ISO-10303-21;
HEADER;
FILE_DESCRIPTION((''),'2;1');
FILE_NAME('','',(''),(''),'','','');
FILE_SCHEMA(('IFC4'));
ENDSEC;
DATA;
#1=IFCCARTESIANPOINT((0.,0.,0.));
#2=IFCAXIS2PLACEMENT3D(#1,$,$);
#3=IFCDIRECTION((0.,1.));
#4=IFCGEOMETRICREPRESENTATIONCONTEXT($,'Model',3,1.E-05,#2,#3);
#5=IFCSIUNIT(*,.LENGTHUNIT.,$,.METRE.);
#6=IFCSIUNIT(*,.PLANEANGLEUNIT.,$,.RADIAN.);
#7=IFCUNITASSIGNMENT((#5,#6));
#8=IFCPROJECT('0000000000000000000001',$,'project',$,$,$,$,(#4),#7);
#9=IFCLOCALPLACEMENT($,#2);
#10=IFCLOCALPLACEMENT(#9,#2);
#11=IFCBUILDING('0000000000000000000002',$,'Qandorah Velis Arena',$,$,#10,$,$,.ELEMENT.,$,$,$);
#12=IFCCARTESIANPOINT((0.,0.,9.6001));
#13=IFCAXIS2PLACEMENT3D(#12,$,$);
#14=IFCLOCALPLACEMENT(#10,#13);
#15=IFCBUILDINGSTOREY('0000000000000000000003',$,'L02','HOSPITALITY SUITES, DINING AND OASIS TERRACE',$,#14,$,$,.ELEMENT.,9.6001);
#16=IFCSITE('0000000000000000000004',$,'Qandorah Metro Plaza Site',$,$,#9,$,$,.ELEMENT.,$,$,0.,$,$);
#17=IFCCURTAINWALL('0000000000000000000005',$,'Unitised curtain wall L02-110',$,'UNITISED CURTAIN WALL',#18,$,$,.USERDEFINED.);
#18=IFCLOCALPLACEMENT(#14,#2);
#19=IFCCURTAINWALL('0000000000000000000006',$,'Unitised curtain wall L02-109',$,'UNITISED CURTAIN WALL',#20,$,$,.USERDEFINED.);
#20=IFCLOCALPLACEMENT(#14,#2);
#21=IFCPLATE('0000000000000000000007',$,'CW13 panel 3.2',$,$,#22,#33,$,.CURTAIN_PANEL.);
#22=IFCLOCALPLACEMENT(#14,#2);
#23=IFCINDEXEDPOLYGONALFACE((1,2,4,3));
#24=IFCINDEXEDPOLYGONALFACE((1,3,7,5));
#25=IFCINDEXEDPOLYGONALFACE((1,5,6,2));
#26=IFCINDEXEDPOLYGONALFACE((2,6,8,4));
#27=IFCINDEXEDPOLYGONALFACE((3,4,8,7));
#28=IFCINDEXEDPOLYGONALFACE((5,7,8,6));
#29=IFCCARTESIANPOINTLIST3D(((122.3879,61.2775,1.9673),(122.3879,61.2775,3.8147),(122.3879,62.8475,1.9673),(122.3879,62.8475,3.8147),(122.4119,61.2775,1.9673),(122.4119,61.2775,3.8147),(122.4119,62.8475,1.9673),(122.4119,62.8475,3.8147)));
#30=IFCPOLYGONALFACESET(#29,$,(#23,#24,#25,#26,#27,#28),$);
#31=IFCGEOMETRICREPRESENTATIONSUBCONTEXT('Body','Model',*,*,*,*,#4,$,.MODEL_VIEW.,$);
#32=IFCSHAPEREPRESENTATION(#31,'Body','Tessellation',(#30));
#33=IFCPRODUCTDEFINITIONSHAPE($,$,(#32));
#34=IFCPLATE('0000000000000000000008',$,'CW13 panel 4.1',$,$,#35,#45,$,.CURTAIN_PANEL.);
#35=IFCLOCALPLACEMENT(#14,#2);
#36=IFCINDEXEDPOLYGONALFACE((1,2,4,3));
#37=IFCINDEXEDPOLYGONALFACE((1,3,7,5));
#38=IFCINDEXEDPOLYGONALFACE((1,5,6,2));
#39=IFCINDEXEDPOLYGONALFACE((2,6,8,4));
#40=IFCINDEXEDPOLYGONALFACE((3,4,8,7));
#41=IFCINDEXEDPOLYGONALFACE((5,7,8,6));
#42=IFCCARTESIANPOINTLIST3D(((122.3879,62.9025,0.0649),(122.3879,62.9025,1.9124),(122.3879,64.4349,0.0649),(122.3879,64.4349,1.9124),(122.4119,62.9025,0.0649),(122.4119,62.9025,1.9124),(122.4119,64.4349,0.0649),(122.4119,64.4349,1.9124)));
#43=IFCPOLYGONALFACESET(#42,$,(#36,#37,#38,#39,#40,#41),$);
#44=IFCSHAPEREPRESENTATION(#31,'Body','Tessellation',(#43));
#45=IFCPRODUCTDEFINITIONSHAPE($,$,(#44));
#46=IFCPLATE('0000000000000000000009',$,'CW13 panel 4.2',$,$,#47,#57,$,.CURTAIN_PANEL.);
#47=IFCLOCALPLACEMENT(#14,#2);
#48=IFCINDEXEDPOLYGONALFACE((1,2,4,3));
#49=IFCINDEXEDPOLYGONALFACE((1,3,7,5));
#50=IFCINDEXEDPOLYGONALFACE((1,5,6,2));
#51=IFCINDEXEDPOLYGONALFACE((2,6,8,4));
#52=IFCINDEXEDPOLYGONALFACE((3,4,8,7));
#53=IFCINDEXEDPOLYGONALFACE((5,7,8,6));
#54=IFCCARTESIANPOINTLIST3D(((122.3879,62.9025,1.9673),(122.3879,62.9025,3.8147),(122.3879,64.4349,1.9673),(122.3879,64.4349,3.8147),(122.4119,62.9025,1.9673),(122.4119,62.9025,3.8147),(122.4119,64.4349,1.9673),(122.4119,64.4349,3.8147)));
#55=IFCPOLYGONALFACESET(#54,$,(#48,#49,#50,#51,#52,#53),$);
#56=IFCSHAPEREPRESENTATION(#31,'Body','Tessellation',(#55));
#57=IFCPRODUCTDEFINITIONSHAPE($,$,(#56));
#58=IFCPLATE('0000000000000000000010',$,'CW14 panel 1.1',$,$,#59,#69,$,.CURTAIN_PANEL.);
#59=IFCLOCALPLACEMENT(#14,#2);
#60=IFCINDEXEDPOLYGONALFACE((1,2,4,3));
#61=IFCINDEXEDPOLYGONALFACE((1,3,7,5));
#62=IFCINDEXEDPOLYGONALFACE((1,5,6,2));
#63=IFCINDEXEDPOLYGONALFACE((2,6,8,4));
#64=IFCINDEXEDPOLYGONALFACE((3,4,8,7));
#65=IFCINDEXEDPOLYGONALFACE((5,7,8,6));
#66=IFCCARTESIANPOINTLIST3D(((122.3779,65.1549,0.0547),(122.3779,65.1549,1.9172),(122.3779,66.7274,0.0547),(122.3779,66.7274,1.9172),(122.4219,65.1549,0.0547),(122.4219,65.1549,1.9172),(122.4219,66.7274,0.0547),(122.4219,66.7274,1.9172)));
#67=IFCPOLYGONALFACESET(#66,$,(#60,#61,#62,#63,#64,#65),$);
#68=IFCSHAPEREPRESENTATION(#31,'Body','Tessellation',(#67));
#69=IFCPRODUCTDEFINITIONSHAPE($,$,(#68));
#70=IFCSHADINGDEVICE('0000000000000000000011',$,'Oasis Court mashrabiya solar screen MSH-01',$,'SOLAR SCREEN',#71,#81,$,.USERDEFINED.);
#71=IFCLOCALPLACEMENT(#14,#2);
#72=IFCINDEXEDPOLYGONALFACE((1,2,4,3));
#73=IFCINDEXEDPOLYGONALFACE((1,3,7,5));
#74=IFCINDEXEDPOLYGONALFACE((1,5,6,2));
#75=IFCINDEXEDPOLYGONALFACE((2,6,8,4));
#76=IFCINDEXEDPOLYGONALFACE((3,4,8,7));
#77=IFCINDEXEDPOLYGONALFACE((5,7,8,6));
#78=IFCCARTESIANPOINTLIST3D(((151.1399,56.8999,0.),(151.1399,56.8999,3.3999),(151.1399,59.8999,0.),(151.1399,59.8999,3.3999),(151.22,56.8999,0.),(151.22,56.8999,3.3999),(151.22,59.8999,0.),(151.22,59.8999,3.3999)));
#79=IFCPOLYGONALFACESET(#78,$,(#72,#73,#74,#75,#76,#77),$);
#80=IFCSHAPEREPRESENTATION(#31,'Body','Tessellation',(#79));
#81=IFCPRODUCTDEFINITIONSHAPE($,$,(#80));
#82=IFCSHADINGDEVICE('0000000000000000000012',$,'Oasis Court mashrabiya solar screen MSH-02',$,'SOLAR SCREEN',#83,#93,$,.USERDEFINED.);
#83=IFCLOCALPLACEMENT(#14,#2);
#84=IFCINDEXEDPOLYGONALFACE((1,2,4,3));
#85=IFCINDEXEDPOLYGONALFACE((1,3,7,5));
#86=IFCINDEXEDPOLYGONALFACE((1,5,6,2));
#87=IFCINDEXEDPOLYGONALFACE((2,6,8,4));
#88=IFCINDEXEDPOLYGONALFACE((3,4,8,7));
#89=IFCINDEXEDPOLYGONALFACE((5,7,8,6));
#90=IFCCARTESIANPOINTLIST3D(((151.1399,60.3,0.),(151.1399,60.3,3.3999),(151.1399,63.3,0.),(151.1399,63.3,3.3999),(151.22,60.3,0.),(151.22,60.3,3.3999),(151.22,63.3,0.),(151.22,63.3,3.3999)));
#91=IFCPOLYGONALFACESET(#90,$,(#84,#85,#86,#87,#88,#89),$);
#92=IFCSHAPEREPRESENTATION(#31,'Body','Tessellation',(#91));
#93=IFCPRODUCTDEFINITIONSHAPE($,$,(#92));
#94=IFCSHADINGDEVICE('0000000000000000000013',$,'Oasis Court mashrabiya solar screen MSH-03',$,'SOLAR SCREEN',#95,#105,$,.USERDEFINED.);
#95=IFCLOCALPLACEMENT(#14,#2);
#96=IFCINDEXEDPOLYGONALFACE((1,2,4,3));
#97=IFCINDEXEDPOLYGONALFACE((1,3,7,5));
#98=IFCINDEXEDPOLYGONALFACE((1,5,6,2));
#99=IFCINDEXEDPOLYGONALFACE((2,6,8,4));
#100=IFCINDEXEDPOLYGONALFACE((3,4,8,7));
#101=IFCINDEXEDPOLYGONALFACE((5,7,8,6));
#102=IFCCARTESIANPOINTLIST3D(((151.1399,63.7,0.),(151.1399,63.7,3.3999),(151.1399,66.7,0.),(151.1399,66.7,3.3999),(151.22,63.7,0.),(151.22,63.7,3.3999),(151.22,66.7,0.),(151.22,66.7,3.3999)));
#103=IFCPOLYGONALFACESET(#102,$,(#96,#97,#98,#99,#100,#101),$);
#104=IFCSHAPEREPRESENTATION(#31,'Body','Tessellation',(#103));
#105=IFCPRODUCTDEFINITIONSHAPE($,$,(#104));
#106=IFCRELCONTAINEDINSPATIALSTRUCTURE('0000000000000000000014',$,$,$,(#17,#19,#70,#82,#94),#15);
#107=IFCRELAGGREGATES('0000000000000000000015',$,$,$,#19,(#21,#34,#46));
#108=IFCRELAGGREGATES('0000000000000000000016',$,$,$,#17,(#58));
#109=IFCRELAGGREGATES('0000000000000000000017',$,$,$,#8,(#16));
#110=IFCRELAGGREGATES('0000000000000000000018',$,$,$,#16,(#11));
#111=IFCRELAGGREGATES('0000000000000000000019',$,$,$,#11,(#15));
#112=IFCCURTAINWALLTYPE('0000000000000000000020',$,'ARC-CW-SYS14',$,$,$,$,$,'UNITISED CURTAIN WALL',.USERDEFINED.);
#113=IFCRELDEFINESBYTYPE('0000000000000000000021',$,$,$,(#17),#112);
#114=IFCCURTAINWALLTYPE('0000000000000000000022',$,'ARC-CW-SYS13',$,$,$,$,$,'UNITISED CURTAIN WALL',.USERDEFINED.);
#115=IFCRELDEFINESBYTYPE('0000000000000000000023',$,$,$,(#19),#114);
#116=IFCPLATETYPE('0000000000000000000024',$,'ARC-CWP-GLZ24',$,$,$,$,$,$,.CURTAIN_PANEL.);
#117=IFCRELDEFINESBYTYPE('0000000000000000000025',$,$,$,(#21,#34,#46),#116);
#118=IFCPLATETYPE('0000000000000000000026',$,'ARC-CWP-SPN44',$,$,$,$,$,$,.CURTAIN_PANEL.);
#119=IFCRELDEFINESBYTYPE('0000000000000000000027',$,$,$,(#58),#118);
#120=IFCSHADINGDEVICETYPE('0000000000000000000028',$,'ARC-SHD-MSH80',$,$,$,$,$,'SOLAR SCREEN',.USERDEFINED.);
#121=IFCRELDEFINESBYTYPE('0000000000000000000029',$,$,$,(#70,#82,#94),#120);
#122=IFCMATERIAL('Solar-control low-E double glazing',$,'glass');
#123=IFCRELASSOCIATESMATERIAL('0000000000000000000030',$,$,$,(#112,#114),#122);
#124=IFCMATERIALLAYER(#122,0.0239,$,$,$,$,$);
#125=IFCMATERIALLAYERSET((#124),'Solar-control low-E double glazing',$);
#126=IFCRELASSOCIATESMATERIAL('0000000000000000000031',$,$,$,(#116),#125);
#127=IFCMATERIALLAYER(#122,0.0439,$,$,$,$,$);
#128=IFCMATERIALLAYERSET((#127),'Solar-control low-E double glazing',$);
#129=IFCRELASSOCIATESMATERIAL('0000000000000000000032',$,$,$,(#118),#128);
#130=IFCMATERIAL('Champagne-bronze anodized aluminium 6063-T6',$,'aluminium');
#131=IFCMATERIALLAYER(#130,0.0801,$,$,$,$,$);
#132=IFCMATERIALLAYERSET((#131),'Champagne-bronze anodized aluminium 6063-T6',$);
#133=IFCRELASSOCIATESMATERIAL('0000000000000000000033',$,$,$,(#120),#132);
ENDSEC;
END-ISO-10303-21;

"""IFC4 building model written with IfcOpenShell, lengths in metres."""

from ifc_helpers import new_model, si_unit, direction, frame, origin, origin_2d, place, context, subcontext, project, spatial, rectangle, extrude, material, layer, layer_set, type_object, element, aggregate, save


model = new_model("IFC4")

# Units and contexts
model_context = context("Model", 3, precision=1e-05, world=origin(), true_north=direction((0.0, 1.0)))
body_context = subcontext(model_context, "Body", "Model", "MODEL_VIEW")
ifc_project = project(units=[si_unit("LENGTHUNIT", "METRE"), si_unit("PLANEANGLEUNIT", "RADIAN")], contexts=[model_context])

# Site, building, storey
site_placement = place(None, origin())
site = spatial("IfcSite", under=ifc_project, at=site_placement, Name="Qandorah Metro Plaza Site", CompositionType="ELEMENT", RefElevation=0.0)
building_placement = place(site_placement, origin())
building = spatial("IfcBuilding", under=site, at=building_placement, Name="Qandorah Velis Arena", CompositionType="ELEMENT")
storey_placement = place(building_placement, frame((0.0, 0.0, 9.6001)))
storey = spatial("IfcBuildingStorey", under=building, at=storey_placement, Name="L02", Description="HOSPITALITY SUITES, DINING AND OASIS TERRACE", CompositionType="ELEMENT", Elevation=9.6001)

# Curtain wall
ifc_material_1 = material(Name="Solar-control low-E double glazing", Category="glass")
curtain_wall_type_1 = type_object("IfcCurtainWallType", Name="ARC-CW-SYS14", ElementType="UNITISED CURTAIN WALL", PredefinedType="USERDEFINED", material=ifc_material_1)
curtain_wall_1_placement = place(storey_placement, origin())
curtain_wall_1 = element("IfcCurtainWall", 1, at=curtain_wall_1_placement, inside=storey, type_object=curtain_wall_type_1, Name="Unitised curtain wall L02-110", ObjectType="UNITISED CURTAIN WALL", PredefinedType="USERDEFINED")
ifc_material_2 = material(Name="Champagne-bronze anodized aluminium 6063-T6", Category="aluminium")

# Curtain wall
curtain_wall_type_2 = type_object("IfcCurtainWallType", Name="ARC-CW-SYS13", ElementType="UNITISED CURTAIN WALL", PredefinedType="USERDEFINED", material=ifc_material_1)
curtain_wall_2_placement = place(storey_placement, origin())
curtain_wall_2 = element("IfcCurtainWall", 2, at=curtain_wall_2_placement, inside=storey, type_object=curtain_wall_type_2, Name="Unitised curtain wall L02-109", ObjectType="UNITISED CURTAIN WALL", PredefinedType="USERDEFINED")

# Plates
ifc_layer_1 = layer(ifc_material_1, 0.0239)
ifc_layer_set_1 = layer_set([ifc_layer_1], Name="Solar-control low-E double glazing")
plate_type_1 = type_object("IfcPlateType", Name="ARC-CWP-GLZ24", PredefinedType="CURTAIN_PANEL", material=ifc_layer_set_1)
plate_1_placement = place(storey_placement, frame((122.3999, 62.0625, 1.9673), z_axis=(0.0, 0.0, 1.0), x_axis=(0.0, 1.0, 0.0)))
plate_1 = element("IfcPlate", 3, at=plate_1_placement, type_object=plate_type_1, Name="CW13 panel 3.2", PredefinedType="CURTAIN_PANEL", context=body_context, shape_type="SweptSolid", body=[
    extrude(rectangle(XDim=1.5701, YDim=0.0239, at=origin_2d()), origin(), (0.0, 0.0, 1.0), 1.8474),
])
plate_2_placement = place(storey_placement, frame((122.3999, 63.6687, 0.0649), z_axis=(0.0, 0.0, 1.0), x_axis=(0.0, 1.0, 0.0)))
plate_2 = element("IfcPlate", 4, at=plate_2_placement, type_object=plate_type_1, Name="CW13 panel 4.1", PredefinedType="CURTAIN_PANEL", context=body_context, shape_type="SweptSolid", body=[
    extrude(rectangle(XDim=1.5325, YDim=0.0239, at=origin_2d()), origin(), (0.0, 0.0, 1.0), 1.8474),
])
plate_3_placement = place(storey_placement, frame((122.3999, 63.6687, 1.9673), z_axis=(0.0, 0.0, 1.0), x_axis=(0.0, 1.0, 0.0)))
plate_3 = element("IfcPlate", 5, at=plate_3_placement, type_object=plate_type_1, Name="CW13 panel 4.2", PredefinedType="CURTAIN_PANEL", context=body_context, shape_type="SweptSolid", body=[
    extrude(rectangle(XDim=1.5325, YDim=0.0239, at=origin_2d()), origin(), (0.0, 0.0, 1.0), 1.8474),
])
aggregate(curtain_wall_2, [plate_1, plate_2, plate_3])
ifc_layer_2 = layer(ifc_material_1, 0.0439)
ifc_layer_set_2 = layer_set([ifc_layer_2], Name="Solar-control low-E double glazing")
plate_type_2 = type_object("IfcPlateType", Name="ARC-CWP-SPN44", PredefinedType="CURTAIN_PANEL", material=ifc_layer_set_2)
plate_4_placement = place(storey_placement, frame((122.3999, 65.9412, 0.0547), z_axis=(0.0, 0.0, 1.0), x_axis=(0.0, 1.0, 0.0)))
plate_4 = element("IfcPlate", 6, at=plate_4_placement, type_object=plate_type_2, Name="CW14 panel 1.1", PredefinedType="CURTAIN_PANEL", context=body_context, shape_type="SweptSolid", body=[
    extrude(rectangle(XDim=1.5725, YDim=0.0439, at=origin_2d()), origin(), (0.0, 0.0, 1.0), 1.8625),
])
aggregate(curtain_wall_1, [plate_4])

# Shading devices
ifc_layer_3 = layer(ifc_material_2, 0.0801)
ifc_layer_set_3 = layer_set([ifc_layer_3], Name="Champagne-bronze anodized aluminium 6063-T6")
shading_device_type = type_object("IfcShadingDeviceType", Name="ARC-SHD-MSH80", ElementType="SOLAR SCREEN", PredefinedType="USERDEFINED", material=ifc_layer_set_3)
for number, where, z_axis, x_axis, name in (
    (7, (151.1799, 58.3999, 0.0), (0.0, 0.0, 1.0), (1.0, 0.0, 0.0), "Oasis Court mashrabiya solar screen MSH-01"),
    (8, (151.1799, 61.8, 0.0), (0.0, 0.0, 1.0), (1.0, 0.0, 0.0), "Oasis Court mashrabiya solar screen MSH-02"),
    (9, (151.1799, 65.2, 0.0), (0.0, 0.0, 1.0), (1.0, 0.0, 0.0), "Oasis Court mashrabiya solar screen MSH-03"),
):
    element("IfcShadingDevice", number, at=place(storey_placement, frame(where, z_axis=z_axis, x_axis=x_axis)), inside=storey, type_object=shading_device_type, Name=name, ObjectType="SOLAR SCREEN", PredefinedType="USERDEFINED", context=body_context, shape_type="SweptSolid", body=[
        extrude(rectangle(XDim=0.0801, YDim=3.0, at=origin_2d()), origin(), (0.0, 0.0, 1.0), 3.3999),
    ])

save(model, "model.ifc")
